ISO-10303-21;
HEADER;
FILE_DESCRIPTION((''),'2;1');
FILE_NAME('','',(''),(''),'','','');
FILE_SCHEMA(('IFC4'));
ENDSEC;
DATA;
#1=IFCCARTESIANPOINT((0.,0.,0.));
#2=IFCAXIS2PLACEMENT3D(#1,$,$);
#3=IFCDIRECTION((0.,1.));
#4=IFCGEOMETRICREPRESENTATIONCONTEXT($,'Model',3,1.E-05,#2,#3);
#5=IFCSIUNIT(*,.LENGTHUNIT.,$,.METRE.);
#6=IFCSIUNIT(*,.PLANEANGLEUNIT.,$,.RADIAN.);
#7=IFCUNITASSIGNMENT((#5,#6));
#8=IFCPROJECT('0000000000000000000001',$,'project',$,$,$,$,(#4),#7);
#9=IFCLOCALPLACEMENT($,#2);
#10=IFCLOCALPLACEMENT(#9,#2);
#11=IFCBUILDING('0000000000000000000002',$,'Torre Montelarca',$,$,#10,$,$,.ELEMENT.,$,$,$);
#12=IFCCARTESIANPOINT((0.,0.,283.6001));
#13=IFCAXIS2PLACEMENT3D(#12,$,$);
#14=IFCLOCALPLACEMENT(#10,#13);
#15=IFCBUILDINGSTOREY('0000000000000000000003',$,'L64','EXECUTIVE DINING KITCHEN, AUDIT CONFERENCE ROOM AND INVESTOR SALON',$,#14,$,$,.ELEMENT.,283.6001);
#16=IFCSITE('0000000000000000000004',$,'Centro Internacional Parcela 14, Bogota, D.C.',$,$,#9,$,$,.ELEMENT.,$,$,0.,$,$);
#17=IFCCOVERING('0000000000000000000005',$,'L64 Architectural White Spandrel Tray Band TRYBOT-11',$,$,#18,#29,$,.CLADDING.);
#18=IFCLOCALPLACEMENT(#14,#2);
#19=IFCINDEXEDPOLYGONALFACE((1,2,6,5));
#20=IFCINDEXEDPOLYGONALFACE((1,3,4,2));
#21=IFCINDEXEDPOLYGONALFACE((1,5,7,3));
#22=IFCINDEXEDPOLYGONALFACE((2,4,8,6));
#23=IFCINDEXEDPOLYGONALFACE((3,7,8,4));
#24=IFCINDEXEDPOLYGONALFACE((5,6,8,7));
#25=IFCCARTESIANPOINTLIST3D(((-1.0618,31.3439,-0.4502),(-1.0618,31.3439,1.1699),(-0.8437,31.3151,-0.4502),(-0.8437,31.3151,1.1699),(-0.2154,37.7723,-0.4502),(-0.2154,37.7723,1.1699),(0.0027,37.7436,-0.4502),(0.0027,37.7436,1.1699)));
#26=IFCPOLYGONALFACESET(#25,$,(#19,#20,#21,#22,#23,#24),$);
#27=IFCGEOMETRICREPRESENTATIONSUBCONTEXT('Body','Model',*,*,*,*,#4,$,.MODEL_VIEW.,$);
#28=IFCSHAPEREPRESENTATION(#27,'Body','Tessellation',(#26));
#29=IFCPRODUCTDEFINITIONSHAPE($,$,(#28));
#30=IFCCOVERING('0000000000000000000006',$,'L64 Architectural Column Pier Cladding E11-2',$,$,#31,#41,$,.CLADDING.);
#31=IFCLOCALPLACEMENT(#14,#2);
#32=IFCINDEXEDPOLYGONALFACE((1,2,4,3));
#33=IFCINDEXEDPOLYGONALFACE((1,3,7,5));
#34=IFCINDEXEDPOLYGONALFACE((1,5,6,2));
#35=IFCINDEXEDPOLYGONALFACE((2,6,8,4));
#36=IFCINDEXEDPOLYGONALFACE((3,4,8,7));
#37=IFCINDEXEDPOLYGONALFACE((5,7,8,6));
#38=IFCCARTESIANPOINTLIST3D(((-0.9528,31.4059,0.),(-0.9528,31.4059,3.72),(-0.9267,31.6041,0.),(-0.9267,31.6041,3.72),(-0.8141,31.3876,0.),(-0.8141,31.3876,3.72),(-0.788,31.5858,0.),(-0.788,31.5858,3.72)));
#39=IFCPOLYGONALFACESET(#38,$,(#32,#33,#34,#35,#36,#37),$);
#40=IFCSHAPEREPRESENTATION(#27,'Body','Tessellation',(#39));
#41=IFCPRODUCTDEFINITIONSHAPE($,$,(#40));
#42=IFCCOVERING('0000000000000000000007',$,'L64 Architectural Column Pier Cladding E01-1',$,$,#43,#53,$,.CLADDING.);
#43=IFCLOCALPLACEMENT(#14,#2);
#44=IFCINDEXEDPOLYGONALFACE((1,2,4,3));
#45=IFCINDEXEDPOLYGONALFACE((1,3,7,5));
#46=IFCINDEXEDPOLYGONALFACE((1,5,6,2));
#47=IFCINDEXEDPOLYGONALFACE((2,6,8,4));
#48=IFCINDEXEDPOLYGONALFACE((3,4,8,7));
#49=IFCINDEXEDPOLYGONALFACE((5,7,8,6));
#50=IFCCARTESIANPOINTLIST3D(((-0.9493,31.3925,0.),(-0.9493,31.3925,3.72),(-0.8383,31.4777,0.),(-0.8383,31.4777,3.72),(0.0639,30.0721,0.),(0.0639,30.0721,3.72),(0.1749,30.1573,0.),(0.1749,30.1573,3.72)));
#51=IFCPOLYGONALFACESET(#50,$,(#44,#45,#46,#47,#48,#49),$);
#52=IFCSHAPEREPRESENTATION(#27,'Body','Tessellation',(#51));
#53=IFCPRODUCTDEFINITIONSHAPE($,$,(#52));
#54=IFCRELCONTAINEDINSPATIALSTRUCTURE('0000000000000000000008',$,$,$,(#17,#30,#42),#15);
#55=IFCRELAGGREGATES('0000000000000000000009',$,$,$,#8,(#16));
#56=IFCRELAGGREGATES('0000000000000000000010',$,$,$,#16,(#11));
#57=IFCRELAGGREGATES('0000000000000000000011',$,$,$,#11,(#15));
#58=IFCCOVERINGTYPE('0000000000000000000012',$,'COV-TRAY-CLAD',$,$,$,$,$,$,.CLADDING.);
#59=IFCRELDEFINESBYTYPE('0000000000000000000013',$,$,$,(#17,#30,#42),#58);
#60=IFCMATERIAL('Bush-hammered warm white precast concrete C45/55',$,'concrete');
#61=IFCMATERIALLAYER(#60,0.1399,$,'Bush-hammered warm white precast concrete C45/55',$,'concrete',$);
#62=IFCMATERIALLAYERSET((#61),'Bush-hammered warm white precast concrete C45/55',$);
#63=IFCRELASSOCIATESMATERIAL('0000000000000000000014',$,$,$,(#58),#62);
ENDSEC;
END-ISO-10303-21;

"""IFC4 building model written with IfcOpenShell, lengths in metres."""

from ifc_helpers import new_model, si_unit, direction, frame, origin, origin_2d, place, context, subcontext, project, spatial, rectangle, extrude, source, transform, mapped, material, layer, layer_set, type_object, element, save


model = new_model("IFC4")

# Units and contexts
model_context = context("Model", 3, precision=1e-05, world=origin(), true_north=direction((0.0, 1.0)))
body_context = subcontext(model_context, "Body", "Model", "MODEL_VIEW")
ifc_project = project(units=[si_unit("LENGTHUNIT", "METRE"), si_unit("PLANEANGLEUNIT", "RADIAN")], contexts=[model_context])

# Site, building, storey
site_placement = place(None, origin())
site = spatial("IfcSite", under=ifc_project, at=site_placement, Name="Centro Internacional Parcela 14, Bogota, D.C.", CompositionType="ELEMENT", RefElevation=0.0)
building_placement = place(site_placement, origin())
building = spatial("IfcBuilding", under=site, at=building_placement, Name="Torre Montelarca", CompositionType="ELEMENT")
storey_placement = place(building_placement, frame((0.0, 0.0, 283.6001)))
storey = spatial("IfcBuildingStorey", under=building, at=storey_placement, Name="L64", Description="EXECUTIVE DINING KITCHEN, AUDIT CONFERENCE ROOM AND INVESTOR SALON", CompositionType="ELEMENT", Elevation=283.6001)

# Coverings
ifc_material_1 = material(Name="Bush-hammered warm white precast concrete C45/55", Category="concrete")
ifc_layer_1 = layer(ifc_material_1, 0.1399, Name="Bush-hammered warm white precast concrete C45/55", Category="concrete")
ifc_layer_set_1 = layer_set([ifc_layer_1], Name="Bush-hammered warm white precast concrete C45/55")
covering_type = type_object("IfcCoveringType", Name="COV-TRAY-CLAD", PredefinedType="CLADDING", material=ifc_layer_set_1)
shared_shape_1 = source(origin(), body_context, "Body", "SweptSolid", [
    extrude(rectangle(XDim=6.4839, YDim=0.22, at=origin_2d()), origin(), (0.0, 0.0, 1.0), 1.6201),
])
covering_1_placement = place(storey_placement, frame((-0.5295, 34.5437, -0.4502), z_axis=(0.0, 0.0, 1.0), x_axis=(-0.130531, -0.991444, 0.0)))
element("IfcCovering", 1, at=covering_1_placement, inside=storey, type_object=covering_type, Name="L64 Architectural White Spandrel Tray Band TRYBOT-11", PredefinedType="CLADDING", context=body_context, shape_type="MappedRepresentation", body=[
    mapped(shared_shape_1, transform((0.0, 0.0, 0.0), scale=1.0)),
])
shared_shape_2 = source(origin(), body_context, "Body", "SweptSolid", [
    extrude(rectangle(XDim=0.2, YDim=0.1399, at=origin_2d()), origin(), (0.0, 0.0, 1.0), 3.72),
])
covering_2_placement = place(storey_placement, frame((-0.8704, 31.4958, 0.0), z_axis=(0.0, 0.0, 1.0), x_axis=(-0.130531, -0.991444, 0.0)))
element("IfcCovering", 2, at=covering_2_placement, inside=storey, type_object=covering_type, Name="L64 Architectural Column Pier Cladding E11-2", PredefinedType="CLADDING", context=body_context, shape_type="MappedRepresentation", body=[
    mapped(shared_shape_2, transform((0.0, 0.0, 0.0), scale=1.0)),
])
shared_shape_3 = source(origin(), body_context, "Body", "SweptSolid", [
    extrude(rectangle(XDim=1.6643, YDim=0.1399, at=origin_2d()), origin(), (0.0, 0.0, 1.0), 3.72),
])
covering_3_placement = place(storey_placement, frame((-0.3872, 30.7749, 0.0), z_axis=(0.0, 0.0, 1.0), x_axis=(0.608766, -0.79335, 0.0)))
element("IfcCovering", 3, at=covering_3_placement, inside=storey, type_object=covering_type, Name="L64 Architectural Column Pier Cladding E01-1", PredefinedType="CLADDING", context=body_context, shape_type="MappedRepresentation", body=[
    mapped(shared_shape_3, transform((0.0, 0.0, 0.0), scale=1.0)),
])

save(model, "model.ifc")
